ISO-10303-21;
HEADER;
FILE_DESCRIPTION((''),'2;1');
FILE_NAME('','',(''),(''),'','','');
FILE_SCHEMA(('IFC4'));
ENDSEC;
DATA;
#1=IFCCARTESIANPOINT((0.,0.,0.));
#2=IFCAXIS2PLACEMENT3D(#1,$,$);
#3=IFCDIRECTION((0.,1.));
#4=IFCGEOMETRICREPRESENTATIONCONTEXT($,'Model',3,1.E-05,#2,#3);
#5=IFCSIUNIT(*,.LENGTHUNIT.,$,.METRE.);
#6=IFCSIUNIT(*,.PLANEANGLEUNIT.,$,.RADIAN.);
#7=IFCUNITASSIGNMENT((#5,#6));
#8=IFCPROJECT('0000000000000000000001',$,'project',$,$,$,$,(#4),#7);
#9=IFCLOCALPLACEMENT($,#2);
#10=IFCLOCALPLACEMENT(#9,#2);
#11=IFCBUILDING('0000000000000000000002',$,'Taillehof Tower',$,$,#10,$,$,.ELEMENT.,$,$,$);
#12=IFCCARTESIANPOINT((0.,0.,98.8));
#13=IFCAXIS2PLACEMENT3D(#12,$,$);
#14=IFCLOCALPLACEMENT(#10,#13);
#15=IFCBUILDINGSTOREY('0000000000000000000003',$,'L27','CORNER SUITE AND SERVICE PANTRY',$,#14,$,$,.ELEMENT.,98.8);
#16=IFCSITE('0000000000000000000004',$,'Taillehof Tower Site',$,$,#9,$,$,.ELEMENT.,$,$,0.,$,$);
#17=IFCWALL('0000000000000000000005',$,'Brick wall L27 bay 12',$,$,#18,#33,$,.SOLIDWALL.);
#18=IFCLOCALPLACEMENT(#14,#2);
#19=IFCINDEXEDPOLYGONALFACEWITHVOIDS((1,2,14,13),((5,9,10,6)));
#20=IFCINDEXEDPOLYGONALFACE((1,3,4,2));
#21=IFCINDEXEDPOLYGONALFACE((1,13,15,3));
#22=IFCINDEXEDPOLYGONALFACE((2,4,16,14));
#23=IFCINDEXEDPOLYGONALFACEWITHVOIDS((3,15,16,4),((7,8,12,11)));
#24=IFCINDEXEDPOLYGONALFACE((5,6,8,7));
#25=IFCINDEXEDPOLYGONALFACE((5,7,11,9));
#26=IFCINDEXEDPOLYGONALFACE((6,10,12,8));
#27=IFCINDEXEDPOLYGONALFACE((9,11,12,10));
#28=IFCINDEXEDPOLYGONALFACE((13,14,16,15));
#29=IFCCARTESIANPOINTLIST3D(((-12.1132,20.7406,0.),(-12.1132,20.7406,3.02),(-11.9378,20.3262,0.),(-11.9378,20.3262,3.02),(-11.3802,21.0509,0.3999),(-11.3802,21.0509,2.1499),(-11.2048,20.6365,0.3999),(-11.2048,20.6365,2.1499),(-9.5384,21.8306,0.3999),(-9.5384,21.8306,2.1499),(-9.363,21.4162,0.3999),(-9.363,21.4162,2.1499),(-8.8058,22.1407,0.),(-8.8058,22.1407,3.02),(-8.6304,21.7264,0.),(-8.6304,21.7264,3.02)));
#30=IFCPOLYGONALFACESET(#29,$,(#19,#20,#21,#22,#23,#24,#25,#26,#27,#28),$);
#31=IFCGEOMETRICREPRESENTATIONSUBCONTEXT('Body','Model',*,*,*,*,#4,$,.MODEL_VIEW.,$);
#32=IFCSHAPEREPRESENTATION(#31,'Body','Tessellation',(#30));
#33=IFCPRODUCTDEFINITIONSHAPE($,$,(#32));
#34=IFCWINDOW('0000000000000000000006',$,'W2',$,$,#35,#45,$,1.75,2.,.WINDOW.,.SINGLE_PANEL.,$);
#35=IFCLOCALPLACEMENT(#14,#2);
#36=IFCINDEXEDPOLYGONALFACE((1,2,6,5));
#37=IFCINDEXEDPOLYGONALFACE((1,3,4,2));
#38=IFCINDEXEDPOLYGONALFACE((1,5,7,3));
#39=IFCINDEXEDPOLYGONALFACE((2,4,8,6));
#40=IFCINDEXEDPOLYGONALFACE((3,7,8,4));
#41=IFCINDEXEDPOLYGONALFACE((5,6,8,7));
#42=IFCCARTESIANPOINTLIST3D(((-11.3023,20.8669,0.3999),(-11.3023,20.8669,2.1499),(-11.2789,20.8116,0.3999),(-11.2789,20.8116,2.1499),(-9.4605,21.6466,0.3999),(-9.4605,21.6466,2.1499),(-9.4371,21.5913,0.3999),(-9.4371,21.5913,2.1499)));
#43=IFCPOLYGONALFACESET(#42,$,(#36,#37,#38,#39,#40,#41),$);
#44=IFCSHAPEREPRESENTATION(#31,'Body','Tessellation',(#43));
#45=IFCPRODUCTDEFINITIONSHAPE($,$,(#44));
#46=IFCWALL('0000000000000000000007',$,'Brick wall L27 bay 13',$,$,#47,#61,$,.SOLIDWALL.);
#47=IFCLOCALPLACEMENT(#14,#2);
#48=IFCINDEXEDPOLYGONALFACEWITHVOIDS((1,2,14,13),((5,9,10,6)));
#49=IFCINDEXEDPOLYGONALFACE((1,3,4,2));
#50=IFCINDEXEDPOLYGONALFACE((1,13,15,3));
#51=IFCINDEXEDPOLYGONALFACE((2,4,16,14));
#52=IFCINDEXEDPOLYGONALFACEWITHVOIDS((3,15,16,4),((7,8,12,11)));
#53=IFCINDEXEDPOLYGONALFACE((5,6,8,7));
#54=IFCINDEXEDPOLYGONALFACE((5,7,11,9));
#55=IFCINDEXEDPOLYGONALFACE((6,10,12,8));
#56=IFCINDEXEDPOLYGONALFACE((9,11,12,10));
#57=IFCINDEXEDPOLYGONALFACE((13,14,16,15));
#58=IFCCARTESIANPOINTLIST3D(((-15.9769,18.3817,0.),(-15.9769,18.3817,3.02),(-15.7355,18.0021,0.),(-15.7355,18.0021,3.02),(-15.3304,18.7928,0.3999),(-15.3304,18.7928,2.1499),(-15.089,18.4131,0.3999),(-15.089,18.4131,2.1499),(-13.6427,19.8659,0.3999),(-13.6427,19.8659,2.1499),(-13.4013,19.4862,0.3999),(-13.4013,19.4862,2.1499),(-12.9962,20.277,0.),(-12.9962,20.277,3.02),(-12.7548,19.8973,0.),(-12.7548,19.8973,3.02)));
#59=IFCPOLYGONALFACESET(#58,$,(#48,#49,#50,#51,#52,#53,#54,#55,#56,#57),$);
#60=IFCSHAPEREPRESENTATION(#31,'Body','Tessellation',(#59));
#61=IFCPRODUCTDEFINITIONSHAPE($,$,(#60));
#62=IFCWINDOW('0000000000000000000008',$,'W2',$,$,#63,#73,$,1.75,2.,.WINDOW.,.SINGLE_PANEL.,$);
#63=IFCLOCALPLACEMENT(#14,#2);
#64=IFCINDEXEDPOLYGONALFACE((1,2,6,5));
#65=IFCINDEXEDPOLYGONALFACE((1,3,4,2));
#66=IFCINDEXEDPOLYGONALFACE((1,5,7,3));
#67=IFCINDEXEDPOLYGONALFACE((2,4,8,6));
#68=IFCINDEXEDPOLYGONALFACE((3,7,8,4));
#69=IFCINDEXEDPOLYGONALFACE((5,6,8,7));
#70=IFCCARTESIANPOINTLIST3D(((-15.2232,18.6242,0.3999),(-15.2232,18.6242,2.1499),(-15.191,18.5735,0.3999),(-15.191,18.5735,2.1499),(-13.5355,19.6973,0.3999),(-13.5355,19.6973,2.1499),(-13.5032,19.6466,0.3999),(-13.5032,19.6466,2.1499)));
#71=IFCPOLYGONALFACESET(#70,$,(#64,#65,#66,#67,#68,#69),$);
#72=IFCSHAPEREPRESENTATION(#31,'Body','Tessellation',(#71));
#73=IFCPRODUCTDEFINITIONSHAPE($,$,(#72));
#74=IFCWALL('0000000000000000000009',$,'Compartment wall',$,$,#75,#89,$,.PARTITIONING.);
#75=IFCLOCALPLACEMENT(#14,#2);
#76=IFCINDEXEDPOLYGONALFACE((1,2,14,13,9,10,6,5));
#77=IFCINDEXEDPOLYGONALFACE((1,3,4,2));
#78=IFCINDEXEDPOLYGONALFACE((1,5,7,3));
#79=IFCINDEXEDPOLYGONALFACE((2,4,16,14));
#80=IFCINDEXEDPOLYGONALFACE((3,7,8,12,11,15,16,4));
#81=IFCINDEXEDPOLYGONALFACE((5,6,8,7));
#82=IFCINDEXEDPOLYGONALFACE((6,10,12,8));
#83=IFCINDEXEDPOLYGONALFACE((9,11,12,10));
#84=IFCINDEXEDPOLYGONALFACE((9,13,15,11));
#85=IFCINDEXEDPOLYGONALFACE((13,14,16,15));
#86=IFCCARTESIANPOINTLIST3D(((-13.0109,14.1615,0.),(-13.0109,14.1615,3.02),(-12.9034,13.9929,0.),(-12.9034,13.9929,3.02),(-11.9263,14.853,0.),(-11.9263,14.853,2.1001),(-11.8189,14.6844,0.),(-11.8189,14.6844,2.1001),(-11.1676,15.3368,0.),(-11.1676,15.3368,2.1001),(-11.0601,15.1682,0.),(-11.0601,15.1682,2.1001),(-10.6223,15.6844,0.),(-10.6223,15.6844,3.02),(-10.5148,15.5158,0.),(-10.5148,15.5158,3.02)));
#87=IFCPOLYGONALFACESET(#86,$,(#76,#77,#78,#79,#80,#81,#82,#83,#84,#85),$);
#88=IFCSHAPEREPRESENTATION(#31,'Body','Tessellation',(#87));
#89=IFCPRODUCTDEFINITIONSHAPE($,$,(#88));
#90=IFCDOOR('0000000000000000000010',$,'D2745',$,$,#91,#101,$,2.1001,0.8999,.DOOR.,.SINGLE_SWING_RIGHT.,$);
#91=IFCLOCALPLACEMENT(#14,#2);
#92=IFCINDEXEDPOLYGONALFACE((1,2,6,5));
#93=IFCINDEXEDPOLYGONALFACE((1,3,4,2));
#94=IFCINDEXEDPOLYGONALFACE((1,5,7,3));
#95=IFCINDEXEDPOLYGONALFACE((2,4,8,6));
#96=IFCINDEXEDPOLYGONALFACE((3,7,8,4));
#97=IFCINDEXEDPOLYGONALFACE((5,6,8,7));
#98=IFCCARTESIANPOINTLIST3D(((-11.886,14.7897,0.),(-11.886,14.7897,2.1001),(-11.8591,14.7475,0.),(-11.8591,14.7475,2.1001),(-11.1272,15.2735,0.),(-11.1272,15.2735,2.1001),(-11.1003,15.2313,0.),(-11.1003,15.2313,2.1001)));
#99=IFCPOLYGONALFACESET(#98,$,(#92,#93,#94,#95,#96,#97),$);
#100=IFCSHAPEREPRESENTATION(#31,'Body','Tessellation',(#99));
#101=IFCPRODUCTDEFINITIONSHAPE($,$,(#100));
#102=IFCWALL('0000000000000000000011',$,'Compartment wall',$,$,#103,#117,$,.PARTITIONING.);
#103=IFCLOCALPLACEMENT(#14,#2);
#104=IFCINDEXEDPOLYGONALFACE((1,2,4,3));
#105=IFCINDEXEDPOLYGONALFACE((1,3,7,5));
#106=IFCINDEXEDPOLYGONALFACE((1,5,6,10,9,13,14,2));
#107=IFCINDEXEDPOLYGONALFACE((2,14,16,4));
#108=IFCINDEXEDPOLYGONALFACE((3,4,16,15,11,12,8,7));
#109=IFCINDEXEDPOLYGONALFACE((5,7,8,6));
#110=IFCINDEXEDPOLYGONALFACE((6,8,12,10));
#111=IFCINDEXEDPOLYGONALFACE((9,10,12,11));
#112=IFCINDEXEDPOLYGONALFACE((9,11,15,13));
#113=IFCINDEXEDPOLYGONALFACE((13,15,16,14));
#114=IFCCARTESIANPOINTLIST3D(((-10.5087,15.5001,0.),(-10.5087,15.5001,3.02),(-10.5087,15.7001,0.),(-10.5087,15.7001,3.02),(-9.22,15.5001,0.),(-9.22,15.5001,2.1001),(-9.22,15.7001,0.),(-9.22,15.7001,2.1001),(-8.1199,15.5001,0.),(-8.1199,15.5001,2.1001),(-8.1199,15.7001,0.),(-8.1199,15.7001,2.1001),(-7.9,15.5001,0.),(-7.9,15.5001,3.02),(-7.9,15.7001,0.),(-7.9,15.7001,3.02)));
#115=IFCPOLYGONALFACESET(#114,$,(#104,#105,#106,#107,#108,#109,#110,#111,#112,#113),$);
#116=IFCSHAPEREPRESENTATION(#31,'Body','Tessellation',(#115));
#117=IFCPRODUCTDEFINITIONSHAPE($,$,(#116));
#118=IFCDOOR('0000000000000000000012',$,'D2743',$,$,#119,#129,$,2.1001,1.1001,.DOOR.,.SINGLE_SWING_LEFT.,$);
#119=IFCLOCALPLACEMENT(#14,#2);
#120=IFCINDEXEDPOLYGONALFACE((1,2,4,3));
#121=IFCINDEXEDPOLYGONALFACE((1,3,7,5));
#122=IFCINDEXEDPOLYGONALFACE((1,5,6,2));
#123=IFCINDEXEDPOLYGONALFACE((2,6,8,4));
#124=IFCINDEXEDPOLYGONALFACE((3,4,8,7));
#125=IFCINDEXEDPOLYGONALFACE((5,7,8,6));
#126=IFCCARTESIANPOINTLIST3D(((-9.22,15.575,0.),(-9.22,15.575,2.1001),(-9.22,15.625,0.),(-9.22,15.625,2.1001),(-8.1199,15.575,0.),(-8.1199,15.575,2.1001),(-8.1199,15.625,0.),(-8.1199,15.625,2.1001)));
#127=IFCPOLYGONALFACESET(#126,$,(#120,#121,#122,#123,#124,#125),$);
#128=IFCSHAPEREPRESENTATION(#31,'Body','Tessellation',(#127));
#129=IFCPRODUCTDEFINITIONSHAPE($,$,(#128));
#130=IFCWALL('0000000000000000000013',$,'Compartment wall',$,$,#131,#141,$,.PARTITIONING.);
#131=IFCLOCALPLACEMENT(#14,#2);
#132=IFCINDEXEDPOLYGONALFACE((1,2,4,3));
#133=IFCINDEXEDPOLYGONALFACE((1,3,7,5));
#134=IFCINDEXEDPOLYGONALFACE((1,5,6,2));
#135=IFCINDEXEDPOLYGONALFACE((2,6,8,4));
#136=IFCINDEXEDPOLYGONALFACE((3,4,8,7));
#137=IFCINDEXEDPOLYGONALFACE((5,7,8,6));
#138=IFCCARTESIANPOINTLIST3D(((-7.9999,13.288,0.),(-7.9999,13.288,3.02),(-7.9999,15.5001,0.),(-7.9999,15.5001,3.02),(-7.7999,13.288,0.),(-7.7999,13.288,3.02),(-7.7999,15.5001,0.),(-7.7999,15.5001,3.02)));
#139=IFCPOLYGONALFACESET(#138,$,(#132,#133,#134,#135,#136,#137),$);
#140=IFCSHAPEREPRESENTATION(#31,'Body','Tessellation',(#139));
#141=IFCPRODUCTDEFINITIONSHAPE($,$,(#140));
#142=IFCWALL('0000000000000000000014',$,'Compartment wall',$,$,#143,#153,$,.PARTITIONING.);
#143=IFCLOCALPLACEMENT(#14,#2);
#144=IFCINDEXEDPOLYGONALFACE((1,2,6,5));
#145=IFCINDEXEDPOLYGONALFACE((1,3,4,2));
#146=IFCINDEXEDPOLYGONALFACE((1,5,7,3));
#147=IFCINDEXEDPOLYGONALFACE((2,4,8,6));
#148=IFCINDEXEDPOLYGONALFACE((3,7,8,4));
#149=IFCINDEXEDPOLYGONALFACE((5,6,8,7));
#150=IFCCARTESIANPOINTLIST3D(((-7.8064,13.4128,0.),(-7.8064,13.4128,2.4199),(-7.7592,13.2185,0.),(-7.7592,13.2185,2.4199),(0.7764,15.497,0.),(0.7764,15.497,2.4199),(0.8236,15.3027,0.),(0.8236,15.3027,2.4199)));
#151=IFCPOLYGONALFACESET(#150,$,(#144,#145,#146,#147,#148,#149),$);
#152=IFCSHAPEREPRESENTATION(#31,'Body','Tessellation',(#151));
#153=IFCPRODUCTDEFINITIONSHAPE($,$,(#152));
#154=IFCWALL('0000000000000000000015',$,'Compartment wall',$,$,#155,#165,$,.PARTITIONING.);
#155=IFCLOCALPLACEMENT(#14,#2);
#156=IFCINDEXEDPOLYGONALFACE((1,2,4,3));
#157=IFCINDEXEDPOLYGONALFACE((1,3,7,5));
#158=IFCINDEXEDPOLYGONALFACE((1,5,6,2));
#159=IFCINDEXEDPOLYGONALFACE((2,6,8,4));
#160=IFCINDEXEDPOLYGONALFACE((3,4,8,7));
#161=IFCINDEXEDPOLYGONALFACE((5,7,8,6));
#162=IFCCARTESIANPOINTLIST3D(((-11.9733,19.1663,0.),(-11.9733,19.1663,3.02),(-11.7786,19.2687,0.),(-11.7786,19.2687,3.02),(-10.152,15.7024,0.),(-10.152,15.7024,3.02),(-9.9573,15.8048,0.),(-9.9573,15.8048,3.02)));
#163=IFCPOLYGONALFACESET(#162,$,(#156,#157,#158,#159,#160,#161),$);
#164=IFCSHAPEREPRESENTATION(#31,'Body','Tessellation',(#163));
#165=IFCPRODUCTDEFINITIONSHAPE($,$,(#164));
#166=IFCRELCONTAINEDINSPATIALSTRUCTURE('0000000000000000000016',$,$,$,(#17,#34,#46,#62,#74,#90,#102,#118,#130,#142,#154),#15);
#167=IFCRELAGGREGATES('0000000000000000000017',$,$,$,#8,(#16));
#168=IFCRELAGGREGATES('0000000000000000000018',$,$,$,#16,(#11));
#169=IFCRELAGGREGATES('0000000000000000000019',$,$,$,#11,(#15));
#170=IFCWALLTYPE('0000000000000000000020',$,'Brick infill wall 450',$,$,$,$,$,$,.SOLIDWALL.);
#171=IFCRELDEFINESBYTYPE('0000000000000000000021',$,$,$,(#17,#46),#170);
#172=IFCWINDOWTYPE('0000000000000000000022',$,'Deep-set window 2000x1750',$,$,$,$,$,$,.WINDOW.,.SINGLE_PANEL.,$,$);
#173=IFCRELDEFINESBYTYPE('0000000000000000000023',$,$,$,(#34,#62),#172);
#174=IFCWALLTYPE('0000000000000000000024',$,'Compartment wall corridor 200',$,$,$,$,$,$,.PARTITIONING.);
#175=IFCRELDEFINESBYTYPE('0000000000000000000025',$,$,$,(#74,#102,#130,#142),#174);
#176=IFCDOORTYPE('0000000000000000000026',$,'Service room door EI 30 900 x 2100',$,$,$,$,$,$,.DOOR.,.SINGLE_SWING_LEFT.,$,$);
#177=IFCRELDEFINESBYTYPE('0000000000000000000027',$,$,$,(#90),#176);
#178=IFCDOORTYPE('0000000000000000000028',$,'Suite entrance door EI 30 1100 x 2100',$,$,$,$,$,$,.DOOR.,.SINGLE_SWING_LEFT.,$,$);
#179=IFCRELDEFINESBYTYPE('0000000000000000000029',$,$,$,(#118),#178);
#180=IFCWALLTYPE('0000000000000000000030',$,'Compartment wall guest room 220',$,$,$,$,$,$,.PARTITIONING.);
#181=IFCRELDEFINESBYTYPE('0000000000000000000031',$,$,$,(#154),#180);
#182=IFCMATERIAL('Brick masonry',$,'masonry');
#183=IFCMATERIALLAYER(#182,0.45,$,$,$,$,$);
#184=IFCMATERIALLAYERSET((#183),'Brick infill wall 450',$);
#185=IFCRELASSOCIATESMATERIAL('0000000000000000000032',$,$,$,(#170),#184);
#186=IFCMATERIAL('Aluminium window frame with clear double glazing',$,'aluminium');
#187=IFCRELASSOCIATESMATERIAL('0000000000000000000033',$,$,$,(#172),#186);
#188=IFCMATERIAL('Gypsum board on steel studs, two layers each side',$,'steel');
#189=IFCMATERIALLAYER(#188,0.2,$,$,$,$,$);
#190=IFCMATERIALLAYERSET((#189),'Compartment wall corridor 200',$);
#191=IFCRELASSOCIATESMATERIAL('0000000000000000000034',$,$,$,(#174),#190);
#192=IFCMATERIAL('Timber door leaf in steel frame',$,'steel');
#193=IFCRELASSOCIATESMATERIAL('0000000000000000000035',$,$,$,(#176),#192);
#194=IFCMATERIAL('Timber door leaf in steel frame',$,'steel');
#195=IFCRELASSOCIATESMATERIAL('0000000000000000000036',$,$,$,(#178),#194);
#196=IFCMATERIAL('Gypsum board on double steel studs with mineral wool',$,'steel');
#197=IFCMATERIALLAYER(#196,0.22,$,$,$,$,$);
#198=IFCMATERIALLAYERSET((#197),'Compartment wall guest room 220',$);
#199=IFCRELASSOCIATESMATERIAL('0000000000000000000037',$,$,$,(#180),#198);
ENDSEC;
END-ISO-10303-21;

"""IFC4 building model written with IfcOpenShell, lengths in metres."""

from ifc_helpers import new_model, si_unit, direction, frame, frame_2d, origin, place, context, subcontext, project, spatial, rectangle, extrude, material, layer, layer_set, type_object, element, fill, save


model = new_model("IFC4")

# Units and contexts
model_context = context("Model", 3, precision=1e-05, world=origin(), true_north=direction((0.0, 1.0)))
body_context = subcontext(model_context, "Body", "Model", "MODEL_VIEW")
ifc_project = project(units=[si_unit("LENGTHUNIT", "METRE"), si_unit("PLANEANGLEUNIT", "RADIAN")], contexts=[model_context])

# Site, building, storey
site_placement = place(None, origin())
site = spatial("IfcSite", under=ifc_project, at=site_placement, Name="Taillehof Tower Site", CompositionType="ELEMENT", RefElevation=0.0)
building_placement = place(site_placement, origin())
building = spatial("IfcBuilding", under=site, at=building_placement, Name="Taillehof Tower", CompositionType="ELEMENT")
storey_placement = place(building_placement, frame((0.0, 0.0, 98.8)))
storey = spatial("IfcBuildingStorey", under=building, at=storey_placement, Name="L27", Description="CORNER SUITE AND SERVICE PANTRY", CompositionType="ELEMENT", Elevation=98.8)

# Walls, openings, windows
ifc_material_1 = material(Name="Brick masonry", Category="masonry")
ifc_layer_1 = layer(ifc_material_1, 0.45)
ifc_layer_set_1 = layer_set([ifc_layer_1], Name="Brick infill wall 450")
wall_type_1 = type_object("IfcWallType", Name="Brick infill wall 450", PredefinedType="SOLIDWALL", material=ifc_layer_set_1)
ifc_material_2 = material(Name="Aluminium window frame with clear double glazing", Category="aluminium")
window_type = type_object("IfcWindowType", Name="Deep-set window 2000x1750", PartitioningType="SINGLE_PANEL", PredefinedType="WINDOW", material=ifc_material_2)
wall_1_placement = place(storey_placement, frame((-8.718, 21.9336, 0.0), z_axis=(0.0, 0.0, 1.0), x_axis=(-0.92088, -0.389846, 0.0)))
wall_1 = element("IfcWall", 1, at=wall_1_placement, inside=storey, type_object=wall_type_1, Name="Brick wall L27 bay 12", PredefinedType="SOLIDWALL", context=body_context, shape_type="SweptSolid", body=[
    extrude(rectangle(XDim=3.5916, YDim=0.45, at=frame_2d((1.7959, 0.0))), origin(), (0.0, 0.0, 1.0), 3.02),
])
opening_1_placement = place(wall_1_placement, frame((0.7957, 0.0, 0.3999)))
opening_1 = element("IfcOpeningElement", 2, at=opening_1_placement, cuts=wall_1, PredefinedType="OPENING", context=body_context, shape_type="SweptSolid", body=[
    extrude(rectangle(XDim=2.0, YDim=1.75, at=frame_2d((1.0, 0.875))), frame((0.0, 0.2349, 0.0), z_axis=(0.0, -1.0, 0.0), x_axis=(1.0, 0.0, 0.0)), (0.0, 0.0, 1.0), 0.47),
])
window_1_placement = place(opening_1_placement, origin())
window_1 = element("IfcWindow", 3, at=window_1_placement, inside=storey, type_object=window_type, Name="W2", OverallHeight=1.75, OverallWidth=2.0, PartitioningType="SINGLE_PANEL", PredefinedType="WINDOW", context=body_context, shape_type="SweptSolid", body=[
    extrude(rectangle(XDim=2.0, YDim=1.75, at=frame_2d((1.0, 0.875))), frame((0.0, 0.0349, 0.0), z_axis=(0.0, -1.0, 0.0), x_axis=(1.0, 0.0, 0.0)), (0.0, 0.0, 1.0), 0.0601),
])
fill(opening_1, window_1)
wall_2_placement = place(storey_placement, frame((-12.8755, 20.0872, 0.0), z_axis=(0.0, 0.0, 1.0), x_axis=(-0.843861, -0.536562, 0.0)))
wall_2 = element("IfcWall", 4, at=wall_2_placement, inside=storey, type_object=wall_type_1, Name="Brick wall L27 bay 13", PredefinedType="SOLIDWALL", context=body_context, shape_type="SweptSolid", body=[
    extrude(rectangle(XDim=3.5322, YDim=0.45, at=frame_2d((1.7661, 0.0))), origin(), (0.0, 0.0, 1.0), 3.02),
])
opening_2_placement = place(wall_2_placement, frame((0.7661, 0.0, 0.3999)))
opening_2 = element("IfcOpeningElement", 5, at=opening_2_placement, cuts=wall_2, PredefinedType="OPENING", context=body_context, shape_type="SweptSolid", body=[
    extrude(rectangle(XDim=2.0, YDim=1.75, at=frame_2d((1.0, 0.875))), frame((0.0, 0.2349, 0.0), z_axis=(0.0, -1.0, 0.0), x_axis=(1.0, 0.0, 0.0)), (0.0, 0.0, 1.0), 0.47),
])
window_2_placement = place(opening_2_placement, origin())
window_2 = element("IfcWindow", 6, at=window_2_placement, inside=storey, type_object=window_type, Name="W2", OverallHeight=1.75, OverallWidth=2.0, PartitioningType="SINGLE_PANEL", PredefinedType="WINDOW", context=body_context, shape_type="SweptSolid", body=[
    extrude(rectangle(XDim=2.0, YDim=1.75, at=frame_2d((1.0, 0.875))), frame((0.0, 0.0349, 0.0), z_axis=(0.0, -1.0, 0.0), x_axis=(1.0, 0.0, 0.0)), (0.0, 0.0, 1.0), 0.0601),
])
fill(opening_2, window_2)

# Walls, openings, doors
ifc_material_3 = material(Name="Gypsum board on steel studs, two layers each side", Category="steel")
ifc_layer_2 = layer(ifc_material_3, 0.2)
ifc_layer_set_2 = layer_set([ifc_layer_2], Name="Compartment wall corridor 200")
wall_type_2 = type_object("IfcWallType", Name="Compartment wall corridor 200", PredefinedType="PARTITIONING", material=ifc_layer_set_2)
wall_3_placement = place(storey_placement, frame((-12.9573, 14.0771, 0.0), z_axis=(0.0, 0.0, 1.0), x_axis=(0.8432, 0.5376, 0.0)))
wall_3 = element("IfcWall", 7, at=wall_3_placement, inside=storey, type_object=wall_type_2, Name="Compartment wall", PredefinedType="PARTITIONING", context=body_context, shape_type="SweptSolid", body=[
    extrude(rectangle(XDim=2.8328, YDim=0.2, at=frame_2d((1.4165, 0.0))), origin(), (0.0, 0.0, 1.0), 3.02),
])
opening_3_placement = place(wall_3_placement, frame((1.2864, 0.0, 0.0)))
opening_3 = element("IfcOpeningElement", 8, at=opening_3_placement, cuts=wall_3, PredefinedType="OPENING", context=body_context, shape_type="SweptSolid", body=[
    extrude(rectangle(XDim=0.8999, YDim=2.1001, at=frame_2d((0.45, 1.05))), frame((0.0, 0.1099, 0.0), z_axis=(0.0, -1.0, 0.0), x_axis=(1.0, 0.0, 0.0)), (0.0, 0.0, 1.0), 0.22),
])
ifc_material_4 = material(Name="Timber door leaf in steel frame", Category="steel")
door_type_1 = type_object("IfcDoorType", Name="Service room door EI 30 900 x 2100", OperationType="SINGLE_SWING_LEFT", PredefinedType="DOOR", material=ifc_material_4)
door_1_placement = place(opening_3_placement, origin())
door_1 = element("IfcDoor", 9, at=door_1_placement, inside=storey, type_object=door_type_1, Name="D2745", OperationType="SINGLE_SWING_RIGHT", OverallHeight=2.1001, OverallWidth=0.8999, PredefinedType="DOOR", context=body_context, shape_type="SweptSolid", body=[
    extrude(rectangle(XDim=0.8999, YDim=2.1001, at=frame_2d((0.45, 1.05))), frame((0.0, 0.0249, 0.0), z_axis=(0.0, -1.0, 0.0), x_axis=(1.0, 0.0, 0.0)), (0.0, 0.0, 1.0), 0.05),
])
fill(opening_3, door_1)
wall_4_placement = place(storey_placement, frame((-10.5085, 15.6001, 0.0), z_axis=(0.0, 0.0, 1.0), x_axis=(1.0, 0.0, 0.0)))
wall_4 = element("IfcWall", 10, at=wall_4_placement, inside=storey, type_object=wall_type_2, Name="Compartment wall", PredefinedType="PARTITIONING", context=body_context, shape_type="SweptSolid", body=[
    extrude(rectangle(XDim=2.6086, YDim=0.2, at=frame_2d((1.3042, 0.0))), origin(), (0.0, 0.0, 1.0), 3.02),
])
opening_4_placement = place(wall_4_placement, frame((1.2886, 0.0, 0.0)))
opening_4 = element("IfcOpeningElement", 11, at=opening_4_placement, cuts=wall_4, PredefinedType="OPENING", context=body_context, shape_type="SweptSolid", body=[
    extrude(rectangle(XDim=1.1001, YDim=2.1001, at=frame_2d((0.55, 1.05))), frame((0.0, 0.1099, 0.0), z_axis=(0.0, -1.0, 0.0), x_axis=(1.0, 0.0, 0.0)), (0.0, 0.0, 1.0), 0.22),
])
ifc_material_5 = material(Name="Timber door leaf in steel frame", Category="steel")
door_type_2 = type_object("IfcDoorType", Name="Suite entrance door EI 30 1100 x 2100", OperationType="SINGLE_SWING_LEFT", PredefinedType="DOOR", material=ifc_material_5)
door_2_placement = place(opening_4_placement, origin())
door_2 = element("IfcDoor", 12, at=door_2_placement, inside=storey, type_object=door_type_2, Name="D2743", OperationType="SINGLE_SWING_LEFT", OverallHeight=2.1001, OverallWidth=1.1001, PredefinedType="DOOR", context=body_context, shape_type="SweptSolid", body=[
    extrude(rectangle(XDim=1.1001, YDim=2.1001, at=frame_2d((0.55, 1.05))), frame((0.0, 0.0249, 0.0), z_axis=(0.0, -1.0, 0.0), x_axis=(1.0, 0.0, 0.0)), (0.0, 0.0, 1.0), 0.05),
])
fill(opening_4, door_2)

# Walls
wall_5_placement = place(storey_placement, frame((-7.8999, 15.5, 0.0), z_axis=(0.0, 0.0, 1.0), x_axis=(0.0, -1.0, 0.0)))
element("IfcWall", 13, at=wall_5_placement, inside=storey, type_object=wall_type_2, Name="Compartment wall", PredefinedType="PARTITIONING", context=body_context, shape_type="SweptSolid", body=[
    extrude(rectangle(XDim=2.2122, YDim=0.2, at=frame_2d((1.106, 0.0))), origin(), (0.0, 0.0, 1.0), 3.02),
])
wall_6_placement = place(storey_placement, frame((-7.7827, 13.3157, 0.0), z_axis=(0.0, 0.0, 1.0), x_axis=(0.971758, 0.235981, 0.0)))
element("IfcWall", 14, at=wall_6_placement, inside=storey, type_object=wall_type_2, Name="Compartment wall", PredefinedType="PARTITIONING", context=body_context, shape_type="SweptSolid", body=[
    extrude(rectangle(XDim=8.8323, YDim=0.2, at=frame_2d((4.416, 0.0))), origin(), (0.0, 0.0, 1.0), 2.4199),
])
ifc_material_6 = material(Name="Gypsum board on double steel studs with mineral wool", Category="steel")
ifc_layer_3 = layer(ifc_material_6, 0.22)
ifc_layer_set_3 = layer_set([ifc_layer_3], Name="Compartment wall guest room 220")
wall_type_3 = type_object("IfcWallType", Name="Compartment wall guest room 220", PredefinedType="PARTITIONING", material=ifc_layer_set_3)
wall_7_placement = place(storey_placement, frame((-11.876, 19.2175, 0.0), z_axis=(0.0, 0.0, 1.0), x_axis=(0.465386, -0.885108, 0.0)))
element("IfcWall", 15, at=wall_7_placement, inside=storey, type_object=wall_type_3, Name="Compartment wall", PredefinedType="PARTITIONING", context=body_context, shape_type="SweptSolid", body=[
    extrude(rectangle(XDim=3.9136, YDim=0.22, at=frame_2d((1.9568, 0.0))), origin(), (0.0, 0.0, 1.0), 3.02),
])

save(model, "model.ifc")
